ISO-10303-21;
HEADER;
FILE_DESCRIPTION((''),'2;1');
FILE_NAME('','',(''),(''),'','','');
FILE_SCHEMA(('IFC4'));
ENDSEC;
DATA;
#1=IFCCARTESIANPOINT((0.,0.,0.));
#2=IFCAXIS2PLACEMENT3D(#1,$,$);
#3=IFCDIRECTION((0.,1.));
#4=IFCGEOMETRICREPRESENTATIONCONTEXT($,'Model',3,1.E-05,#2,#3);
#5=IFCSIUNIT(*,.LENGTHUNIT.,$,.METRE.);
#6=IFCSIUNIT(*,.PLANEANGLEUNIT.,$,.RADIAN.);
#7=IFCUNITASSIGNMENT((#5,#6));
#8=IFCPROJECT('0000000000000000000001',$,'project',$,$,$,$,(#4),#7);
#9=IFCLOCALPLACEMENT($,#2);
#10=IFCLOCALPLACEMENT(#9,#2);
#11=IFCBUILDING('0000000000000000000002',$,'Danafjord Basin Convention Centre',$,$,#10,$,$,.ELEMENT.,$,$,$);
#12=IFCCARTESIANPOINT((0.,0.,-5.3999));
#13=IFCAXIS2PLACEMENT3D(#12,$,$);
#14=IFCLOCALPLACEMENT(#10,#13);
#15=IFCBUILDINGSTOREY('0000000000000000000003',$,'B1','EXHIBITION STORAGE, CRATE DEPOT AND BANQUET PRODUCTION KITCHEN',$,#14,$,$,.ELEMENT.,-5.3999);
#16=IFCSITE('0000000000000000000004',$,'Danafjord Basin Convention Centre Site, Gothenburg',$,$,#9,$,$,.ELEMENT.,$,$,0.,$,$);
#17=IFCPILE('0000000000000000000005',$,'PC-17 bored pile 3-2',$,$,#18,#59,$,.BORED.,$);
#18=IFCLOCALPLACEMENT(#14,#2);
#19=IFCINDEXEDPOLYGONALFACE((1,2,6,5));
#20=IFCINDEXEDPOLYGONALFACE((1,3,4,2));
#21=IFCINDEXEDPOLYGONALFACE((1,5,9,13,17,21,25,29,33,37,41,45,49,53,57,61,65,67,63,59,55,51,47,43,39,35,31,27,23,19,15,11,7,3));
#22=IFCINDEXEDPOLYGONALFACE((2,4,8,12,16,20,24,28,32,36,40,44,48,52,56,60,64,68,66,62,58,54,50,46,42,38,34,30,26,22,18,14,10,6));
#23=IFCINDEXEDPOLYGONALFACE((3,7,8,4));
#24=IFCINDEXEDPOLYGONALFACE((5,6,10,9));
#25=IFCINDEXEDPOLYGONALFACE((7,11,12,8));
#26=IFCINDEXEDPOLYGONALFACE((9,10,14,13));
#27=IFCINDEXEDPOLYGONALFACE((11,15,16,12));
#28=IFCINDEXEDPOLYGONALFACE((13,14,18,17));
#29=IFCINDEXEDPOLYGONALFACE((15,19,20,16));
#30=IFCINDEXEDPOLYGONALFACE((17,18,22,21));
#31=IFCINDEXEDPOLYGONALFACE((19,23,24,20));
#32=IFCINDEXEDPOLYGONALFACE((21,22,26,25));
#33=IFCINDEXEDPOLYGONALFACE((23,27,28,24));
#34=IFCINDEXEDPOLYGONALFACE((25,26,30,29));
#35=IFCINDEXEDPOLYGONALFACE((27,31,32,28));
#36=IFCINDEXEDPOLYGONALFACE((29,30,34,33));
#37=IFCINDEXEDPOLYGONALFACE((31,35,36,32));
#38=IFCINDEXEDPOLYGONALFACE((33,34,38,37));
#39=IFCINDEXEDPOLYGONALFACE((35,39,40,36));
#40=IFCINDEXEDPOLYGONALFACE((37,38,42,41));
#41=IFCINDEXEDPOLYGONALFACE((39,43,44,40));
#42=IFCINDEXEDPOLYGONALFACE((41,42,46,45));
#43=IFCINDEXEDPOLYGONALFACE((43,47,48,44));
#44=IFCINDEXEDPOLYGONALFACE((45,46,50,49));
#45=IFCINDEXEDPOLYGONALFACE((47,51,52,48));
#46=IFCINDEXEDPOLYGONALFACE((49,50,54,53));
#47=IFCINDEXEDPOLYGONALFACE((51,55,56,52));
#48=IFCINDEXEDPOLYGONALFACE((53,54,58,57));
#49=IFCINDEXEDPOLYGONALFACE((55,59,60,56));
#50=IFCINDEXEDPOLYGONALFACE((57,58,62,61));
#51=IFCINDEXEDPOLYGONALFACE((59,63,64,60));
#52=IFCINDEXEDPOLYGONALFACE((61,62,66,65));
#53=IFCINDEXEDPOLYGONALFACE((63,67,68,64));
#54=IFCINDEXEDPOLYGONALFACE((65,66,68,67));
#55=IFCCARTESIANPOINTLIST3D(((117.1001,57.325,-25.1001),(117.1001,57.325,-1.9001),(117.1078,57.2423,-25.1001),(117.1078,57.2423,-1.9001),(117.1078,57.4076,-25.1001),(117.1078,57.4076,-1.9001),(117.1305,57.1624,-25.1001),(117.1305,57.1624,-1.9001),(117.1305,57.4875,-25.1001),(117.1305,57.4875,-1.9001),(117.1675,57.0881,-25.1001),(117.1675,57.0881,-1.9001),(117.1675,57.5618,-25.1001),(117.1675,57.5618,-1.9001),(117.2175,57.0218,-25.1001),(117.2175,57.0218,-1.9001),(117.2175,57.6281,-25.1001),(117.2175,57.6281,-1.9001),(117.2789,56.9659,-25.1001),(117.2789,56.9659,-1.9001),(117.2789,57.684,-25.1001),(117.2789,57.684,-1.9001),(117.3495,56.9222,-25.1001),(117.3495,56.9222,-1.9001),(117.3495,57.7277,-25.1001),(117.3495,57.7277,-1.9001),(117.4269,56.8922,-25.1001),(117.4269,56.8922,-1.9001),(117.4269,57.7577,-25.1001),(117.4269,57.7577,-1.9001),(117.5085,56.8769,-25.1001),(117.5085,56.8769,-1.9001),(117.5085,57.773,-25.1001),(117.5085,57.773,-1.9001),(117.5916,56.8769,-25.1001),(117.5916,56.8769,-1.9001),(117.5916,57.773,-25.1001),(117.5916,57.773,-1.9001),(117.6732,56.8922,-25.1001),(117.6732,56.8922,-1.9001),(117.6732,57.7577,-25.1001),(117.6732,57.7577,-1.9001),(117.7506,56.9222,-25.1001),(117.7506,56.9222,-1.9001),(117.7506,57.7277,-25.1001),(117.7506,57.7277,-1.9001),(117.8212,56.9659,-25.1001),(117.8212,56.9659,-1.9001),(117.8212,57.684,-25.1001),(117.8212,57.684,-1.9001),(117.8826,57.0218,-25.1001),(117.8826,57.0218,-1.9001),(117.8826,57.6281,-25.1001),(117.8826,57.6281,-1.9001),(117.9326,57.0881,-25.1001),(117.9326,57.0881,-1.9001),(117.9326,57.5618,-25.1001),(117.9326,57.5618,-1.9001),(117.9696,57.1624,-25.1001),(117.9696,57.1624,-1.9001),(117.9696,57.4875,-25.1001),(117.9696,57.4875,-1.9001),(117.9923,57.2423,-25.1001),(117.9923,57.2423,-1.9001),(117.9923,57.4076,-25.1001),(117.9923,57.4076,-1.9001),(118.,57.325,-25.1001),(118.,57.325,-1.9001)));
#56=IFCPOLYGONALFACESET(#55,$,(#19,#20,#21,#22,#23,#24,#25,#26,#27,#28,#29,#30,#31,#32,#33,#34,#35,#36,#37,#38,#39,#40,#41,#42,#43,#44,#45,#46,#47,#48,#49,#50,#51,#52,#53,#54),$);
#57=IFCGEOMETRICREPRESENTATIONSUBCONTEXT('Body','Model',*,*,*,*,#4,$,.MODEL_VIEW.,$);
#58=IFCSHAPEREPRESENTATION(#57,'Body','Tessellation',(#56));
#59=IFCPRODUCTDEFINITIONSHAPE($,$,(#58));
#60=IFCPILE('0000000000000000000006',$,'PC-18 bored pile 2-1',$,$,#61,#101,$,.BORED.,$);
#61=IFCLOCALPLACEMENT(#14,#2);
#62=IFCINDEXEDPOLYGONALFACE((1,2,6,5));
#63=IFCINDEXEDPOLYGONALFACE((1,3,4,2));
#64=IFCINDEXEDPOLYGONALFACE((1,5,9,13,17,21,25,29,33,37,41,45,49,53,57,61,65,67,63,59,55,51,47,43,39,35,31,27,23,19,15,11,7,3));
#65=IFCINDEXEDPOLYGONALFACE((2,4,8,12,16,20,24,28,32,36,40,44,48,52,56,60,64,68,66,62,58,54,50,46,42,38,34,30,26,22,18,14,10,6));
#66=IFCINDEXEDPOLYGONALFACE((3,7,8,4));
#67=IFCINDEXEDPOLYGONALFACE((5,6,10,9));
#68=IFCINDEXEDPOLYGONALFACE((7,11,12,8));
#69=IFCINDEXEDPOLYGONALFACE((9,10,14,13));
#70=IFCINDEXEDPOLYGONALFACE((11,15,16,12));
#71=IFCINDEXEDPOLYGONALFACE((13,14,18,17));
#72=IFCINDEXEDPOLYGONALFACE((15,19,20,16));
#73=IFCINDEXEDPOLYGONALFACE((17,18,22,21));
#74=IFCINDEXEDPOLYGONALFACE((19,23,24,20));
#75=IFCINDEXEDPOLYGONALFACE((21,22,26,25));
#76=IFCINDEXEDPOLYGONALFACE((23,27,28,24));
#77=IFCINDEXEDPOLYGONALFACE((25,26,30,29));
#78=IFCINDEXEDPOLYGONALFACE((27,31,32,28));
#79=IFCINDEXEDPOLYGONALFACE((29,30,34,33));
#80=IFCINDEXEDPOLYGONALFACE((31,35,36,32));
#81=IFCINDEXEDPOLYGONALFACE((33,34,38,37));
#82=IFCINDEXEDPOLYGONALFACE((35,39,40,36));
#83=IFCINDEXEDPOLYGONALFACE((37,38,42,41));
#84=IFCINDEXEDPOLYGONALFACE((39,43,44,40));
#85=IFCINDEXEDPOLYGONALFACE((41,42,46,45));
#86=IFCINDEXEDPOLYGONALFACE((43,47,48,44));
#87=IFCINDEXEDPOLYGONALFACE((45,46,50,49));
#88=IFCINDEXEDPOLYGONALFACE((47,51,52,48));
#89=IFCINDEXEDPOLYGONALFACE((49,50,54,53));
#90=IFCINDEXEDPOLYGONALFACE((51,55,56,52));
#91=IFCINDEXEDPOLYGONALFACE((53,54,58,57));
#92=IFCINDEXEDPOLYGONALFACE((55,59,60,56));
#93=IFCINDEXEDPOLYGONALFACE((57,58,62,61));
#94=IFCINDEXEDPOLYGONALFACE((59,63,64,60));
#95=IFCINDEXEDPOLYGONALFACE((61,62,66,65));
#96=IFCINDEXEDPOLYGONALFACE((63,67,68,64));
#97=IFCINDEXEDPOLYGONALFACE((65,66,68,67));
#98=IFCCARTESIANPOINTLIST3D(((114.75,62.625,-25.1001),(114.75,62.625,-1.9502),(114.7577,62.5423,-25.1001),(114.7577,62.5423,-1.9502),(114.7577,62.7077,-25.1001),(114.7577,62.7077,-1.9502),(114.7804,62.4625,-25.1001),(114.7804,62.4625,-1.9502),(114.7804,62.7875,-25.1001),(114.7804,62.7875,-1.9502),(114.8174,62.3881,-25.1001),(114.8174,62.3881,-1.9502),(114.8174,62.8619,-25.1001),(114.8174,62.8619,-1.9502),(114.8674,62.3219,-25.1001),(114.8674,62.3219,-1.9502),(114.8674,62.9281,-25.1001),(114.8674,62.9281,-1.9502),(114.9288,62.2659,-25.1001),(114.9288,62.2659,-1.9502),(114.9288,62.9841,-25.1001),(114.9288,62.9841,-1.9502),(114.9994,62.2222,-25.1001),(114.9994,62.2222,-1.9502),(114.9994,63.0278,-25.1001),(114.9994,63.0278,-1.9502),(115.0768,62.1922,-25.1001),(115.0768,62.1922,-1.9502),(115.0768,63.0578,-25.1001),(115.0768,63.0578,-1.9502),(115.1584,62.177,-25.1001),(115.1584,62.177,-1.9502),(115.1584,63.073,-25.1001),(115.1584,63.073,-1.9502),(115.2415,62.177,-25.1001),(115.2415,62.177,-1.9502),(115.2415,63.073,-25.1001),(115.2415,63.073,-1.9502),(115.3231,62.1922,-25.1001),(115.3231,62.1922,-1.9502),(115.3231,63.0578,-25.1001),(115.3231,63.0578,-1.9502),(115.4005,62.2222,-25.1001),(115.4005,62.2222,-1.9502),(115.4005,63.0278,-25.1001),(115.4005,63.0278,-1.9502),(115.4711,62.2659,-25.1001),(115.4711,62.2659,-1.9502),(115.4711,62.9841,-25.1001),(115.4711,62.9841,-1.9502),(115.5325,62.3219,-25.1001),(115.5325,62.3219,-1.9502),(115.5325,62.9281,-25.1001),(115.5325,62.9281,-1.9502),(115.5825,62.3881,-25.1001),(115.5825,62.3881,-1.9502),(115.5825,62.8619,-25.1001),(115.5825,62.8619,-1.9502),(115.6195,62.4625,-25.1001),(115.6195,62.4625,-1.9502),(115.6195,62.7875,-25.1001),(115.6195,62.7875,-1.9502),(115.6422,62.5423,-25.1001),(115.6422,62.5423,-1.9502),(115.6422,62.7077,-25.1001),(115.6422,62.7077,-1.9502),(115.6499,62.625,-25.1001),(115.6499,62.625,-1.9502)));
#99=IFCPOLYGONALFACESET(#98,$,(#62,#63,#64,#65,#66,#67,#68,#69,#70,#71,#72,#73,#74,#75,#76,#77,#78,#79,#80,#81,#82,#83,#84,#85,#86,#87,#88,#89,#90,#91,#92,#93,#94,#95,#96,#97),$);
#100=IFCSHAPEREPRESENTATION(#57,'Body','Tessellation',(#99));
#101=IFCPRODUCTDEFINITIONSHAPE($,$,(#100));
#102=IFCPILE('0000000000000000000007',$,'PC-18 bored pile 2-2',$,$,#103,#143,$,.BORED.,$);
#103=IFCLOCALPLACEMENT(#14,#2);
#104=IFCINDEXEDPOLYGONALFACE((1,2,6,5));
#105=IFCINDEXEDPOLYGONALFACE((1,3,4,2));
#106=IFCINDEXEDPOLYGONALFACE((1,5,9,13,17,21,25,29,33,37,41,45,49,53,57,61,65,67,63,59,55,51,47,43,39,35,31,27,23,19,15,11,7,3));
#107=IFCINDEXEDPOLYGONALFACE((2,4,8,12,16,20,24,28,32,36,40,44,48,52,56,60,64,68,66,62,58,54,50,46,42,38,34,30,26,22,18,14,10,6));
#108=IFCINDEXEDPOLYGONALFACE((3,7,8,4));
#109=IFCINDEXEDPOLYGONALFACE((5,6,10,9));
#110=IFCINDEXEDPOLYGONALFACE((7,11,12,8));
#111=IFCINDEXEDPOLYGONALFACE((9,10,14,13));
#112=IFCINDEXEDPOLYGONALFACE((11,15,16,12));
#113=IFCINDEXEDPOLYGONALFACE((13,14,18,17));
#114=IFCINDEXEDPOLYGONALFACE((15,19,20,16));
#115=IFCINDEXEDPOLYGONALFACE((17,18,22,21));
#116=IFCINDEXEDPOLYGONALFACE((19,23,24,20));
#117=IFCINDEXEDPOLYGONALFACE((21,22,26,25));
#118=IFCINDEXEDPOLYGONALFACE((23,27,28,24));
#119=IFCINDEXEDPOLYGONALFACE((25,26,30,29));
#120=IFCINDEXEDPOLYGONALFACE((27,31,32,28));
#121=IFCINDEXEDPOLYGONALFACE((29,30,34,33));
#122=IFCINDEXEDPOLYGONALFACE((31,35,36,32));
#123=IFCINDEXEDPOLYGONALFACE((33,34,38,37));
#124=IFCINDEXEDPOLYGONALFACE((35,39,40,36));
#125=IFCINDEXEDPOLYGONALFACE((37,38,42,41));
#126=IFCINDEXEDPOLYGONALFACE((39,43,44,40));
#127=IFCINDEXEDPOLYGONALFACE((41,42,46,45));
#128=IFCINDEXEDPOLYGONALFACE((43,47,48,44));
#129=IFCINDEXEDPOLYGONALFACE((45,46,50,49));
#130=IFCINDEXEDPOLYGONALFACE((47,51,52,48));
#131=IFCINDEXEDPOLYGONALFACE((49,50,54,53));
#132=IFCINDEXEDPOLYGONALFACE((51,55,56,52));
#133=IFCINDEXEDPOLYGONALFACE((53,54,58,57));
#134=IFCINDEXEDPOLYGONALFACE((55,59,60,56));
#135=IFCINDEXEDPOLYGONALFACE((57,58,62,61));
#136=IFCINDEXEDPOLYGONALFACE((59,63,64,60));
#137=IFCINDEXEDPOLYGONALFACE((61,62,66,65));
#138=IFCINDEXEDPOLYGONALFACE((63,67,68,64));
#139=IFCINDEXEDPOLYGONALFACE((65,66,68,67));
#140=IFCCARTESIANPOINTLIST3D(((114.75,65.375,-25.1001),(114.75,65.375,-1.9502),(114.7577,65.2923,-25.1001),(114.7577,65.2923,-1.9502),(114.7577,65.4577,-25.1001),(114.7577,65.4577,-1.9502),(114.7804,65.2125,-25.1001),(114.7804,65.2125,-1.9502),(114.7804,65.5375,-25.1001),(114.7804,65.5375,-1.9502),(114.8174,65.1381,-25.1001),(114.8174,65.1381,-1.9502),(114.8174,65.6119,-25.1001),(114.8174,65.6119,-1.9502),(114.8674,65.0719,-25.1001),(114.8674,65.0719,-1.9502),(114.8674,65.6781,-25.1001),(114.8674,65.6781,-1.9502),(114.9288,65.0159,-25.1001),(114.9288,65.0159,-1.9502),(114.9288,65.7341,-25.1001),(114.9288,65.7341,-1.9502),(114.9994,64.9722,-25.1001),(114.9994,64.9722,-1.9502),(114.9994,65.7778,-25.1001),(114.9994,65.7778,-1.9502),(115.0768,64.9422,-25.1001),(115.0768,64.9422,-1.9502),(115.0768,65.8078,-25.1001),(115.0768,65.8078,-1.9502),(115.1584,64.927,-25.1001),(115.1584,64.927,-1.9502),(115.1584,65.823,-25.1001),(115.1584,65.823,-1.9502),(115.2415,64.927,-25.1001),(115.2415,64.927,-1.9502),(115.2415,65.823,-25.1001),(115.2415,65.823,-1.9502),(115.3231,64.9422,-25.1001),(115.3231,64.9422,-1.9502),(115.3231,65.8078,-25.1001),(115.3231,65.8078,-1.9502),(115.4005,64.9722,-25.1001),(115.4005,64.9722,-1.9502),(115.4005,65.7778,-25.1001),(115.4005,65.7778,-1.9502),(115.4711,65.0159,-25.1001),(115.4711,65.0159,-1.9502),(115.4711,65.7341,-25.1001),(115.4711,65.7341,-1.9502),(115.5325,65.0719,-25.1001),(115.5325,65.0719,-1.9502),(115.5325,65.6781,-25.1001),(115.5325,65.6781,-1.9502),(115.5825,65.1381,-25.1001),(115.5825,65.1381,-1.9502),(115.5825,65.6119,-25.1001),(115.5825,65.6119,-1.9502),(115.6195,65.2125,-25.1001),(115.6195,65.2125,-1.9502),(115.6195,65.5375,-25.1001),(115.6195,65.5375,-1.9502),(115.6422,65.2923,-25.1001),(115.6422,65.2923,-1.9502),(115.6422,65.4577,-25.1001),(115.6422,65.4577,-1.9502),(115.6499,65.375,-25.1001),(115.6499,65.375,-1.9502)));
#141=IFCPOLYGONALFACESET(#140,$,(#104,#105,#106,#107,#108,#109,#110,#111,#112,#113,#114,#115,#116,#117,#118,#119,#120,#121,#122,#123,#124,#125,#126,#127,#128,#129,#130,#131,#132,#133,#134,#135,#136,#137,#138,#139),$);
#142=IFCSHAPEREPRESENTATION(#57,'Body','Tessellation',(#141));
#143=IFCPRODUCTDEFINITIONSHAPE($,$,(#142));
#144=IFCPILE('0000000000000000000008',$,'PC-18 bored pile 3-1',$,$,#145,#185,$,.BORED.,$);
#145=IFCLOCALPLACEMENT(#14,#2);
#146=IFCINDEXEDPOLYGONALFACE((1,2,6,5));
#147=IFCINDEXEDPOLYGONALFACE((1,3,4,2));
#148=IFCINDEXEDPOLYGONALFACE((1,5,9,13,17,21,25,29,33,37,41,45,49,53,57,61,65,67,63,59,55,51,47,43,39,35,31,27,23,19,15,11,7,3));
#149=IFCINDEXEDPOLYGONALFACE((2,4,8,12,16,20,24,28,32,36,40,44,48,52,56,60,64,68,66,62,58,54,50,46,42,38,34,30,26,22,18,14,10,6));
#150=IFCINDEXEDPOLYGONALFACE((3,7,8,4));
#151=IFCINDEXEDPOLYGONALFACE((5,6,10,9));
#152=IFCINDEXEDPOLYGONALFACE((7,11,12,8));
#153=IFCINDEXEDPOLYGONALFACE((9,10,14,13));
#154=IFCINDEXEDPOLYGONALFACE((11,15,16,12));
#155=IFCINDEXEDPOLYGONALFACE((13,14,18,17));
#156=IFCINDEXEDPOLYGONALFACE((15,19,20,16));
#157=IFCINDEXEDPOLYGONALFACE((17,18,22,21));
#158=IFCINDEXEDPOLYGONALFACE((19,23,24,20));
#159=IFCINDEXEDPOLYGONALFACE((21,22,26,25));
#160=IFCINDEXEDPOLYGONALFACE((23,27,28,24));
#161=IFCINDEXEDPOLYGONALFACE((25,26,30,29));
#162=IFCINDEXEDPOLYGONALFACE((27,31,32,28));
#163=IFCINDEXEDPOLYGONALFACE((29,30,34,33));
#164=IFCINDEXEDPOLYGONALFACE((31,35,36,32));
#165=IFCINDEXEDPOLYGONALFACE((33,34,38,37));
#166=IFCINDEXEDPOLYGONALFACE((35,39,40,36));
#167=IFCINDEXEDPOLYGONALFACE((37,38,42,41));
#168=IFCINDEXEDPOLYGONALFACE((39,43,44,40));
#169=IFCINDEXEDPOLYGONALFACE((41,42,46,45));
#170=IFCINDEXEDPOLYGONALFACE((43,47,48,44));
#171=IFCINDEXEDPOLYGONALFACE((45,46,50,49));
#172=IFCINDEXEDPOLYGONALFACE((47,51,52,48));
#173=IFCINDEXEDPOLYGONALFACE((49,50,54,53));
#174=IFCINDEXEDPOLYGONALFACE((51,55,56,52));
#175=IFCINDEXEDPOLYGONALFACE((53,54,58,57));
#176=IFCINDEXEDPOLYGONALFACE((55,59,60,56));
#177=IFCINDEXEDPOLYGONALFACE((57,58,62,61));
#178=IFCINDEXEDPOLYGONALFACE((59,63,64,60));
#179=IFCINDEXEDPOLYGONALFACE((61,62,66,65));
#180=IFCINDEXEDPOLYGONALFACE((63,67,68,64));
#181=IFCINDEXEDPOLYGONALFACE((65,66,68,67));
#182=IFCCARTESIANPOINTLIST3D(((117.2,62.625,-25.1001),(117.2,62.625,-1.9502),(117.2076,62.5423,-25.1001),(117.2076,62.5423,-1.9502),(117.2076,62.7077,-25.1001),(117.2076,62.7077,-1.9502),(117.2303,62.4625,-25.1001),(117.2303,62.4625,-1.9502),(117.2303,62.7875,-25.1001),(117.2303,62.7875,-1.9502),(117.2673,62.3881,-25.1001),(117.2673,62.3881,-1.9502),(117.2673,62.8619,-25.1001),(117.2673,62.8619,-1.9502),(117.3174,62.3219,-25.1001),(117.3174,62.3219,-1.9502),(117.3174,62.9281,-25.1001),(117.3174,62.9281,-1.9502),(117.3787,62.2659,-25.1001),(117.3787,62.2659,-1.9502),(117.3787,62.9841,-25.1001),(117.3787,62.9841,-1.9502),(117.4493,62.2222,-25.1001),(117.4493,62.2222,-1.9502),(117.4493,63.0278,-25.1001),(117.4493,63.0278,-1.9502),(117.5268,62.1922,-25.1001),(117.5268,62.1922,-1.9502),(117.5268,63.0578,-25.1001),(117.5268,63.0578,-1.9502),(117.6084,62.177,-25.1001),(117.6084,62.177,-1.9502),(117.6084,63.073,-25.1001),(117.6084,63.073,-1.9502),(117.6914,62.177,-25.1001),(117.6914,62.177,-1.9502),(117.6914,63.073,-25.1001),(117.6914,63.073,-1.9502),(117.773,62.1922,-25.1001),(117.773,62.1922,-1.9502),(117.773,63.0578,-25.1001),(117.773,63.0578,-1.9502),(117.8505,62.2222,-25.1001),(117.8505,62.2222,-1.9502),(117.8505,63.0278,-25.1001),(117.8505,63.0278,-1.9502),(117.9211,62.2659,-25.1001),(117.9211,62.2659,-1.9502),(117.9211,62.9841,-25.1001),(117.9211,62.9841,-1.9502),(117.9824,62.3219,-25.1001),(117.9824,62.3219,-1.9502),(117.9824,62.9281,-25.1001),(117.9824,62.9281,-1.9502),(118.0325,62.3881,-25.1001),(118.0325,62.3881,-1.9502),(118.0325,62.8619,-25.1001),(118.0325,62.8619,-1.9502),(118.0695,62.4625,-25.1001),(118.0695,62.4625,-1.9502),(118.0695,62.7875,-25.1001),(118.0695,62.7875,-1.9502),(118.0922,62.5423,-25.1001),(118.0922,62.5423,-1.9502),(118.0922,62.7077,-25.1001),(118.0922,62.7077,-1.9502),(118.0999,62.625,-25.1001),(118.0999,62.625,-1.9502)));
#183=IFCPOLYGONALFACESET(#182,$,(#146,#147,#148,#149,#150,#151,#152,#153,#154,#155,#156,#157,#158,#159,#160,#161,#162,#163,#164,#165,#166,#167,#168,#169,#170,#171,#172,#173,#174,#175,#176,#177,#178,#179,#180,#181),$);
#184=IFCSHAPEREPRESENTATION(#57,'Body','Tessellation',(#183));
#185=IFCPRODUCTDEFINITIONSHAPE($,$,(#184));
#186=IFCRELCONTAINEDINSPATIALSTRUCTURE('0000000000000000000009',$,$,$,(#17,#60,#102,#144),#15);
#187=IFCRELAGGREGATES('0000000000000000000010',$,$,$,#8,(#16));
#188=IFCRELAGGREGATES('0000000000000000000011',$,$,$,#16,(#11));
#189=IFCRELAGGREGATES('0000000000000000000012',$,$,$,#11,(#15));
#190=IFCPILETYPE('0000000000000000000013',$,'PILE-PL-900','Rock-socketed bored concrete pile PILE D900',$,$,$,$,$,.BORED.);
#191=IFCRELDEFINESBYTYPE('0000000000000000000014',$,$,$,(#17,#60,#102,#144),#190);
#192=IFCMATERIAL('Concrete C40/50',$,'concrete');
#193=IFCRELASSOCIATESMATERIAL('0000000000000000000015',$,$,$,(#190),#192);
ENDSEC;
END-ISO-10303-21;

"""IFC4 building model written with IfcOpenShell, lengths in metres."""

from ifc_helpers import new_model, si_unit, direction, frame, origin, origin_2d, place, context, subcontext, project, spatial, circle, extrude, material, material_profile, profile_set, type_object, element, save


model = new_model("IFC4")

# Units and contexts
model_context = context("Model", 3, precision=1e-05, world=origin(), true_north=direction((0.0, 1.0)))
body_context = subcontext(model_context, "Body", "Model", "MODEL_VIEW")
ifc_project = project(units=[si_unit("LENGTHUNIT", "METRE"), si_unit("PLANEANGLEUNIT", "RADIAN")], contexts=[model_context])

# Site, building, storey
site_placement = place(None, origin())
site = spatial("IfcSite", under=ifc_project, at=site_placement, Name="Danafjord Basin Convention Centre Site, Gothenburg", CompositionType="ELEMENT", RefElevation=0.0)
building_placement = place(site_placement, origin())
building = spatial("IfcBuilding", under=site, at=building_placement, Name="Danafjord Basin Convention Centre", CompositionType="ELEMENT")
storey_placement = place(building_placement, frame((0.0, 0.0, -5.3999)))
storey = spatial("IfcBuildingStorey", under=building, at=storey_placement, Name="B1", Description="EXHIBITION STORAGE, CRATE DEPOT AND BANQUET PRODUCTION KITCHEN", CompositionType="ELEMENT", Elevation=-5.3999)

# Shared definitions
ifc_material_1 = material(Name="Concrete C40/50", Category="concrete")

# Piles
ifc_material_profile_1 = material_profile(ifc_material_1, circle(Radius=0.45, at=origin_2d()), Name="PILE D900")
ifc_profile_set_1 = profile_set([ifc_material_profile_1], Name="Concrete C40/50")
pile_type_1 = type_object("IfcPileType", Name="PILE-PL-900", Description="Rock-socketed bored concrete pile PILE D900", PredefinedType="BORED", material=ifc_profile_set_1)
for number, where, z_axis, x_axis, name in (
    (1, (117.55, 57.325, -1.9001), (0.0, 0.0, -1.0), (1.0, 0.0, 0.0), "PC-17 bored pile 3-2"),
):
    element("IfcPile", number, at=place(storey_placement, frame(where, z_axis=z_axis, x_axis=x_axis)), inside=storey, type_object=pile_type_1, Name=name, PredefinedType="BORED", context=body_context, shape_type="SweptSolid", body=[
        extrude(circle(Radius=0.45, at=origin_2d()), origin(), (0.0, 0.0, 1.0), 23.2),
    ])
for number, where, z_axis, x_axis, name in (
    (2, (115.2, 62.625, -1.9502), (0.0, 0.0, -1.0), (1.0, 0.0, 0.0), "PC-18 bored pile 2-1"),
    (3, (115.2, 65.375, -1.9502), (0.0, 0.0, -1.0), (1.0, 0.0, 0.0), "PC-18 bored pile 2-2"),
    (4, (117.6499, 62.625, -1.9502), (0.0, 0.0, -1.0), (1.0, 0.0, 0.0), "PC-18 bored pile 3-1"),
):
    element("IfcPile", number, at=place(storey_placement, frame(where, z_axis=z_axis, x_axis=x_axis)), inside=storey, type_object=pile_type_1, Name=name, PredefinedType="BORED", context=body_context, shape_type="SweptSolid", body=[
        extrude(circle(Radius=0.45, at=origin_2d()), origin(), (0.0, 0.0, 1.0), 23.1499),
    ])

save(model, "model.ifc")
